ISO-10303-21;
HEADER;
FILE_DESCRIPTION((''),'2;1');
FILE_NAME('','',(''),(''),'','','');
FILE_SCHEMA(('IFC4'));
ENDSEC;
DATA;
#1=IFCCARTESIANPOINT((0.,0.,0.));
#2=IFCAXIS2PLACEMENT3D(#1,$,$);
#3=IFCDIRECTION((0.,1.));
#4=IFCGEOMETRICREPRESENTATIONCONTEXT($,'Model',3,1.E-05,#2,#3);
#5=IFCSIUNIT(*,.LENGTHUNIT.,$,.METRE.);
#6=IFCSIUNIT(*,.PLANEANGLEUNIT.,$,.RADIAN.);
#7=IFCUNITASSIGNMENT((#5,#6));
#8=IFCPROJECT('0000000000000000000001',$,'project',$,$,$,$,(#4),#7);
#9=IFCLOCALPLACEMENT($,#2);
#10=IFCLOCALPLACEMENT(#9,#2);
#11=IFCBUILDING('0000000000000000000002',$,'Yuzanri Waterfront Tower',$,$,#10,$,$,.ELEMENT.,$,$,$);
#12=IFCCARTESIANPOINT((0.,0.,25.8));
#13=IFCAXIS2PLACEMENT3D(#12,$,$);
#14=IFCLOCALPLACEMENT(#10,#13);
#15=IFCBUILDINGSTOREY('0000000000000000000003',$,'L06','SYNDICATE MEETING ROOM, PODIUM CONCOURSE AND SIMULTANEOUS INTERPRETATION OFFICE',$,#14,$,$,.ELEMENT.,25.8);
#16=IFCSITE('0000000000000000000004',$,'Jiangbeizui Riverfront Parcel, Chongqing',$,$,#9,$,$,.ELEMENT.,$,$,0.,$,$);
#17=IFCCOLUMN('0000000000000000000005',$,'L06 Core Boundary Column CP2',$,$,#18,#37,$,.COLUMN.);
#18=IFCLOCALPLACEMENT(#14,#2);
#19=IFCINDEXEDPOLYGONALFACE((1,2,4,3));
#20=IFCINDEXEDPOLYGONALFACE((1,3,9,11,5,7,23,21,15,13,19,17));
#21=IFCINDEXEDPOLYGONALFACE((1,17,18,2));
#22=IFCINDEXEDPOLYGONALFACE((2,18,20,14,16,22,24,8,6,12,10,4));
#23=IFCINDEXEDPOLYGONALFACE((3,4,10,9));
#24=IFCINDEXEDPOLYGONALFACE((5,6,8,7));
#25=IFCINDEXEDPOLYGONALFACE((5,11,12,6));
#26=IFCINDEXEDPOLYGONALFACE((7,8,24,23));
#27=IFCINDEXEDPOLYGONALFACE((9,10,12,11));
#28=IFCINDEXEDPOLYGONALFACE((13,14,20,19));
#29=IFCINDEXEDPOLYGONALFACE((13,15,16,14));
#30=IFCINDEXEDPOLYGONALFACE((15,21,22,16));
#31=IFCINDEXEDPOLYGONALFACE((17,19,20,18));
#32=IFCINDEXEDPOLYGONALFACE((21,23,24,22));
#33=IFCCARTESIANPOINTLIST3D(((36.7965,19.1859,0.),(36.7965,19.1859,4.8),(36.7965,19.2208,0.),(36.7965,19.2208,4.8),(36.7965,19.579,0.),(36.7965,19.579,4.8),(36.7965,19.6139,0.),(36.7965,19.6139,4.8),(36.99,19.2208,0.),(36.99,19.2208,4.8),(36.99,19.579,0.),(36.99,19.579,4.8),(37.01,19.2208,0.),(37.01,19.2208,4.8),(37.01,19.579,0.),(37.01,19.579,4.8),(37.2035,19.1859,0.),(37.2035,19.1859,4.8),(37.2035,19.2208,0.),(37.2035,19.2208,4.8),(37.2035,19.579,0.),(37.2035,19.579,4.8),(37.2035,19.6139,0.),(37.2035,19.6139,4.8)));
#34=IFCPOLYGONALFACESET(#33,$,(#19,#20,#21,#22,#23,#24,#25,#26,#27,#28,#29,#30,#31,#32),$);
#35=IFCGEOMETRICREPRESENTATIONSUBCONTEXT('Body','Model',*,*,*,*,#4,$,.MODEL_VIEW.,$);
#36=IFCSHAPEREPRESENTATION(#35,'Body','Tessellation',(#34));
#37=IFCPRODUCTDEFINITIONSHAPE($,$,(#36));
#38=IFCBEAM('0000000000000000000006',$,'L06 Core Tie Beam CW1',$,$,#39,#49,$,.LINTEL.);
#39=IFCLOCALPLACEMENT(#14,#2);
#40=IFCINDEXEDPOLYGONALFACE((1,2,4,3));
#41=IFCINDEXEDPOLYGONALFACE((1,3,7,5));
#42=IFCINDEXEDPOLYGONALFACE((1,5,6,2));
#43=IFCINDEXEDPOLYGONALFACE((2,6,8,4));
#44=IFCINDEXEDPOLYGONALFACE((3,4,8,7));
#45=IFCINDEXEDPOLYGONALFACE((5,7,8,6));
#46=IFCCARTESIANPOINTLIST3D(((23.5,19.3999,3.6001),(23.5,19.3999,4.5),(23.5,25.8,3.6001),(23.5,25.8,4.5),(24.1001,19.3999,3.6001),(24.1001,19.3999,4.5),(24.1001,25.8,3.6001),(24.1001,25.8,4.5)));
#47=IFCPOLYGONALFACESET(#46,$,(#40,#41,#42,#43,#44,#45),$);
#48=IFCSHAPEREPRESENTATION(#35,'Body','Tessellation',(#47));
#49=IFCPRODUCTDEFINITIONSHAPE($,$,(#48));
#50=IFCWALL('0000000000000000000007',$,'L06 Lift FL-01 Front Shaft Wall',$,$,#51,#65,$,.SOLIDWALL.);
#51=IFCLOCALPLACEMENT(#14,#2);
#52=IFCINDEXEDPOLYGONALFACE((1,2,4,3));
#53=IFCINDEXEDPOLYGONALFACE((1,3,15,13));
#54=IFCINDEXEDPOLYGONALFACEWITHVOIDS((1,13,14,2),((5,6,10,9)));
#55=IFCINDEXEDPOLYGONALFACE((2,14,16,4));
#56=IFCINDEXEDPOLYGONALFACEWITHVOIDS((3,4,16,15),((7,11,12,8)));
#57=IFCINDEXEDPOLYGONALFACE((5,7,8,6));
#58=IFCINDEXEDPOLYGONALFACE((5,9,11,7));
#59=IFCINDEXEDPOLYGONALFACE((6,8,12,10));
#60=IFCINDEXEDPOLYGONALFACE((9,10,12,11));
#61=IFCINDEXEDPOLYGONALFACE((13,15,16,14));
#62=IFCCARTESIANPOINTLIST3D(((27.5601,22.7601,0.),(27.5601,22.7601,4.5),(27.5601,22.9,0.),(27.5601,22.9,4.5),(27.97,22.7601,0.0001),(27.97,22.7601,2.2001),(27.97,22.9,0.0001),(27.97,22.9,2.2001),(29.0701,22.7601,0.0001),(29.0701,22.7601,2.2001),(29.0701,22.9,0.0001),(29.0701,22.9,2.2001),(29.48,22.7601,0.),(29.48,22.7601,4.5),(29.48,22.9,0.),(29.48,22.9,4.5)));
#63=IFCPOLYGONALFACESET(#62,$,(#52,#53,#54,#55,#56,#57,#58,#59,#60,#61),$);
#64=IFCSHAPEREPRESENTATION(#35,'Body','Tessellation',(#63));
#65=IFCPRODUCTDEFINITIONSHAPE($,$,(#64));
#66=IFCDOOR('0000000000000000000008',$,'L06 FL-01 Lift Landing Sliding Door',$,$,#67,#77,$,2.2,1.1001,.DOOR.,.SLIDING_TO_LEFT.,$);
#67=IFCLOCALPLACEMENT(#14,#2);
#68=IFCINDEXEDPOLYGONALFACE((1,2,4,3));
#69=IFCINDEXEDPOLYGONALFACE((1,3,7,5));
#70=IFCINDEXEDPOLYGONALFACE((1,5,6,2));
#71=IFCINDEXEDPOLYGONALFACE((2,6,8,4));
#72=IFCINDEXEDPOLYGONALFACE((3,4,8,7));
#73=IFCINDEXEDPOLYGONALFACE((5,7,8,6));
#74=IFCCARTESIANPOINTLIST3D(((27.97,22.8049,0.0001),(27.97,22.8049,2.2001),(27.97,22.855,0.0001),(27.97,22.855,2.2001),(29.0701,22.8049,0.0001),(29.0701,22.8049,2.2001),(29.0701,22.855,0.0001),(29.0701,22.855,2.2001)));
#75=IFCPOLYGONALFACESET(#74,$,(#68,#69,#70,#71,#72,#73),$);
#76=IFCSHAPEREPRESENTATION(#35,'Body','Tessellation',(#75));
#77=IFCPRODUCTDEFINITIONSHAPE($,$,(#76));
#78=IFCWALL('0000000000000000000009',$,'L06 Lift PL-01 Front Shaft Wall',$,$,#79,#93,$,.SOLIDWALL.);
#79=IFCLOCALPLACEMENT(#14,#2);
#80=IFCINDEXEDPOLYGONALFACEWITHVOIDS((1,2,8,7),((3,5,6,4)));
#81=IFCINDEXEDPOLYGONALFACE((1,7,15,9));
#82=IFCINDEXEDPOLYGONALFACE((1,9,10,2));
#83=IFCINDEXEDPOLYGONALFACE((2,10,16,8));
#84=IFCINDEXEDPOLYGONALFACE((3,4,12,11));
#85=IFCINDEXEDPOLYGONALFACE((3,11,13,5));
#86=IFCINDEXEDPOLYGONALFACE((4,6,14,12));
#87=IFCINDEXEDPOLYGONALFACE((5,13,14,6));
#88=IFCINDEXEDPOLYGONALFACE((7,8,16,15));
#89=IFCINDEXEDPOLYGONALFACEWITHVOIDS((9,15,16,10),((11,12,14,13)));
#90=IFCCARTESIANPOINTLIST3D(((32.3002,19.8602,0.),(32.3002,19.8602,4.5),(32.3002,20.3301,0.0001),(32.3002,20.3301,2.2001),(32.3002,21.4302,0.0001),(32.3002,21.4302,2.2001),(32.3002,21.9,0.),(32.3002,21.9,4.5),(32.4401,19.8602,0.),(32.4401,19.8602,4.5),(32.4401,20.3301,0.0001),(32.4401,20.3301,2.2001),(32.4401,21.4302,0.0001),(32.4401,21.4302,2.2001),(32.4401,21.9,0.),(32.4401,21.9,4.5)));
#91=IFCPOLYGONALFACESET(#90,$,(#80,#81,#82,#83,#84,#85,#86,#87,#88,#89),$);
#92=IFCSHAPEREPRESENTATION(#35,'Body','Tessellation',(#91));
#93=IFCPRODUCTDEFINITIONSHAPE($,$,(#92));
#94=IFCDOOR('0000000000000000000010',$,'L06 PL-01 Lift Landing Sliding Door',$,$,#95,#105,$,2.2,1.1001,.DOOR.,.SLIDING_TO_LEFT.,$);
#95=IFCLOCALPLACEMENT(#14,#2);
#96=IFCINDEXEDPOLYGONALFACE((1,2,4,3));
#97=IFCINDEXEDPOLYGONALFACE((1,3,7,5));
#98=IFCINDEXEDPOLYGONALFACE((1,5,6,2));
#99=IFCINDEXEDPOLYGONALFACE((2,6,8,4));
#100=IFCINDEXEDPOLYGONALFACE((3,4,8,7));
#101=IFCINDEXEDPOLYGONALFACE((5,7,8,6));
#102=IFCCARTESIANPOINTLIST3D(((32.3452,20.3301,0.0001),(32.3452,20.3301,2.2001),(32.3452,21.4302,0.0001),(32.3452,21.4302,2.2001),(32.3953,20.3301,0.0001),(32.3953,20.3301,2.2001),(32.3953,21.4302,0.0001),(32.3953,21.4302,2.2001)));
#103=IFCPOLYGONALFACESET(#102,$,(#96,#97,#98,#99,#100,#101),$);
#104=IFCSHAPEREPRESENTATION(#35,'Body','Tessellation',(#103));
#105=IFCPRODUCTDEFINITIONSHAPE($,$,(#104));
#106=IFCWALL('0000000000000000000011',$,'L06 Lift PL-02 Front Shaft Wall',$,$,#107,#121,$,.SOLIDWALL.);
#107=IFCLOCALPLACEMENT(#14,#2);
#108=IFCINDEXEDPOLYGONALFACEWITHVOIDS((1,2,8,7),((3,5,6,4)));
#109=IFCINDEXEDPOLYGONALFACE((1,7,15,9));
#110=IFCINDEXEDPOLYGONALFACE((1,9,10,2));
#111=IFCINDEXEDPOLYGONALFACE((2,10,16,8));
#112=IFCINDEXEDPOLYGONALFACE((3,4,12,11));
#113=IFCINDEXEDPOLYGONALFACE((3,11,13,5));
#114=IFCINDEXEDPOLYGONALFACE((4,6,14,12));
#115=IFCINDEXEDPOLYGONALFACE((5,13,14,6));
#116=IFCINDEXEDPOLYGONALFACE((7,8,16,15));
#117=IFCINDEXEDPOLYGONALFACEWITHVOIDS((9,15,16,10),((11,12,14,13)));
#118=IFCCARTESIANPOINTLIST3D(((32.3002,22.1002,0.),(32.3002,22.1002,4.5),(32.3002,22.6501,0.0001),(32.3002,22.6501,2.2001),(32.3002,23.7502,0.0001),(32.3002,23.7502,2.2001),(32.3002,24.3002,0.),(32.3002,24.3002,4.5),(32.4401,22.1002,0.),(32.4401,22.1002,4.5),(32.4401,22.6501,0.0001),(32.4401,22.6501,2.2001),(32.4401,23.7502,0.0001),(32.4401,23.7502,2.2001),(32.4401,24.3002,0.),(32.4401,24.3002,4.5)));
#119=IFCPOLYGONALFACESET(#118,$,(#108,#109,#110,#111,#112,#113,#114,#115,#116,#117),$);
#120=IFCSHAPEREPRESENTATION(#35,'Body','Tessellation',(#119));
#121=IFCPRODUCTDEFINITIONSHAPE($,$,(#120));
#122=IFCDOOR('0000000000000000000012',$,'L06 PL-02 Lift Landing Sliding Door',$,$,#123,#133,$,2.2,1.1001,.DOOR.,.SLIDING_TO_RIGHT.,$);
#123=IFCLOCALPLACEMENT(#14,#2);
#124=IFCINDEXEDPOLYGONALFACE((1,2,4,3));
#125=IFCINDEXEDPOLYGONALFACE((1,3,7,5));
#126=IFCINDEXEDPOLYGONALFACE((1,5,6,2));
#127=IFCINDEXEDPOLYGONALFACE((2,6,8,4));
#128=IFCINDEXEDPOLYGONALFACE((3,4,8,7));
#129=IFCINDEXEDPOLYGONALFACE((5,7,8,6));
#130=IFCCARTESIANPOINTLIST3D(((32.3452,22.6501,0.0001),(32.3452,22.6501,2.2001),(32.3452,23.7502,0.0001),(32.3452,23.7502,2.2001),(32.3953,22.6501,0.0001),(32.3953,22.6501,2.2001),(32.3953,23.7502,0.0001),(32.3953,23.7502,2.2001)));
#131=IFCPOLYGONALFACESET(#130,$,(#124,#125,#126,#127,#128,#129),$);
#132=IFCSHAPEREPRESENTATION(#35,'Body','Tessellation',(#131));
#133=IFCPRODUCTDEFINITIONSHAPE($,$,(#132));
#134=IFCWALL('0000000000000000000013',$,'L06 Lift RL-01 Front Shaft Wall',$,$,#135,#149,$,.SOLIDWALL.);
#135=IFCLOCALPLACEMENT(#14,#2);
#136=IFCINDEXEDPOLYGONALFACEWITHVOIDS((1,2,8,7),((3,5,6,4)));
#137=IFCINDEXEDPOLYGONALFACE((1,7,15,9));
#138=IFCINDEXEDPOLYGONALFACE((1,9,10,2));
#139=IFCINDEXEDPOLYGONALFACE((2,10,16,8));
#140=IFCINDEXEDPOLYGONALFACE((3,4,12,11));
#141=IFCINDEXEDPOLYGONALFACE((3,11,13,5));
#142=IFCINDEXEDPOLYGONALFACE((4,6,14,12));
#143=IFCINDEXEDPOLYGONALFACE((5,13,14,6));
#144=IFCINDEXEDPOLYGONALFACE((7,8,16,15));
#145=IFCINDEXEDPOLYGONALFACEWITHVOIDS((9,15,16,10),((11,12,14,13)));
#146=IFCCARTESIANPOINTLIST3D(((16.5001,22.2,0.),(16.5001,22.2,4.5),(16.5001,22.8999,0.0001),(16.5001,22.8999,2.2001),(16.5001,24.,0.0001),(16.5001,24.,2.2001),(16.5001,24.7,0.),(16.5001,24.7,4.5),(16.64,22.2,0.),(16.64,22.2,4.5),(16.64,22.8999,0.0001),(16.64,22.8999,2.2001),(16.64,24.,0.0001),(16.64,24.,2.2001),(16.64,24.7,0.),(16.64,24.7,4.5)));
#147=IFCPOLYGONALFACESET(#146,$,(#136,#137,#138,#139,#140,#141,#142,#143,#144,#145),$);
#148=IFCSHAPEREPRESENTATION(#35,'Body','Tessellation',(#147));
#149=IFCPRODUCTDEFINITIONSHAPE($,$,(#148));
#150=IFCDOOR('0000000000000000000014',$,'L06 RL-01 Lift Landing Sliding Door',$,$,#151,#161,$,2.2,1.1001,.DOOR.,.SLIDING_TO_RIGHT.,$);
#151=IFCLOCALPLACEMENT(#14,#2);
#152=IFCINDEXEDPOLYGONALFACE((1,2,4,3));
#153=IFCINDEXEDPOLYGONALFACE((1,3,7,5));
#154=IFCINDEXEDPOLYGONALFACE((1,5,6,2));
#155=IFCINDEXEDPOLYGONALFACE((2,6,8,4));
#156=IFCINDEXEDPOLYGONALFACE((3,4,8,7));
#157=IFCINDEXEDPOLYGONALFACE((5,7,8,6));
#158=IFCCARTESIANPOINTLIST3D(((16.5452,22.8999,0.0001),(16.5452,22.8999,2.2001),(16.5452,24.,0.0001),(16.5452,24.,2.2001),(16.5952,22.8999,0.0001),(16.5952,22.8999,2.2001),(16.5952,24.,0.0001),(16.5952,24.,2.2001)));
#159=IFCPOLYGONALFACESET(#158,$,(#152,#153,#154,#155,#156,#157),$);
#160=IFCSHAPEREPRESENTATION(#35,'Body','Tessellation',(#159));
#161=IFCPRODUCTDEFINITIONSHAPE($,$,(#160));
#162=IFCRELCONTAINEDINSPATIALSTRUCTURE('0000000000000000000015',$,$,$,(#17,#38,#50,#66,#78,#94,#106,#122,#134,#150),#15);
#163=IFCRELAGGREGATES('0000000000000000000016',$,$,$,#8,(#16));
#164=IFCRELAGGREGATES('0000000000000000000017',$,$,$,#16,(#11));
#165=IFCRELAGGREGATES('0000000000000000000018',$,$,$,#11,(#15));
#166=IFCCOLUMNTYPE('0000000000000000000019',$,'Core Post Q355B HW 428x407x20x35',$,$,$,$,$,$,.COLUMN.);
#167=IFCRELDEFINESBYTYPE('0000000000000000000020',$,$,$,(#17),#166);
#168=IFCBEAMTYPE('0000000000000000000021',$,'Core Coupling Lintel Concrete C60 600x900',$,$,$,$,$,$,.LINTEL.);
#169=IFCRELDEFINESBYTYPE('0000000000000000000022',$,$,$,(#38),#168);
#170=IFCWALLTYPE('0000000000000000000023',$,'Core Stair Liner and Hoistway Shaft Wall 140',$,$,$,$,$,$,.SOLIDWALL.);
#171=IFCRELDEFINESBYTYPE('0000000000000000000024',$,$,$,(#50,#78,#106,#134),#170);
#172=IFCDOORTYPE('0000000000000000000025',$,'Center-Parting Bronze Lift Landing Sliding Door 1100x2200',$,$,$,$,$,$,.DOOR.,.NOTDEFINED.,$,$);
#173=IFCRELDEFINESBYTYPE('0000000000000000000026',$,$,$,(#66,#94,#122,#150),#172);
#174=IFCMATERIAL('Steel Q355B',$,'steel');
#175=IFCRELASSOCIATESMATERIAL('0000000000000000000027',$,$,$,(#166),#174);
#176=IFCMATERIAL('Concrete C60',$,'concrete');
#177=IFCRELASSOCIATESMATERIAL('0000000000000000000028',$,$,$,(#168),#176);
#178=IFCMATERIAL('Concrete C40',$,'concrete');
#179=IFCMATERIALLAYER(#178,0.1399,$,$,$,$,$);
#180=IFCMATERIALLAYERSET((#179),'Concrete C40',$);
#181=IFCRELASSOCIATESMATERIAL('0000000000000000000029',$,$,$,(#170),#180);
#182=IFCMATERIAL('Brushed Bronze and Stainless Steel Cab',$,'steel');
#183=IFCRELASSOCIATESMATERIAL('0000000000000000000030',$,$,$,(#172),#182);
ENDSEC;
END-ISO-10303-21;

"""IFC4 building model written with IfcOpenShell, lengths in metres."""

from ifc_helpers import new_model, si_unit, direction, frame, frame_2d, origin, origin_2d, place, context, subcontext, project, spatial, rectangle, i_section, extrude, source, transform, mapped, material, layer, layer_set, material_profile, profile_set, type_object, element, fill, save


model = new_model("IFC4")

# Units and contexts
model_context = context("Model", 3, precision=1e-05, world=origin(), true_north=direction((0.0, 1.0)))
body_context = subcontext(model_context, "Body", "Model", "MODEL_VIEW")
ifc_project = project(units=[si_unit("LENGTHUNIT", "METRE"), si_unit("PLANEANGLEUNIT", "RADIAN")], contexts=[model_context])

# Site, building, storey
site_placement = place(None, origin())
site = spatial("IfcSite", under=ifc_project, at=site_placement, Name="Jiangbeizui Riverfront Parcel, Chongqing", CompositionType="ELEMENT", RefElevation=0.0)
building_placement = place(site_placement, origin())
building = spatial("IfcBuilding", under=site, at=building_placement, Name="Yuzanri Waterfront Tower", CompositionType="ELEMENT")
storey_placement = place(building_placement, frame((0.0, 0.0, 25.8)))
storey = spatial("IfcBuildingStorey", under=building, at=storey_placement, Name="L06", Description="SYNDICATE MEETING ROOM, PODIUM CONCOURSE AND SIMULTANEOUS INTERPRETATION OFFICE", CompositionType="ELEMENT", Elevation=25.8)

# Column
ifc_material_1 = material(Name="Steel Q355B", Category="steel")
ifc_material_profile_1 = material_profile(ifc_material_1, i_section(OverallWidth=0.407, OverallDepth=0.428, WebThickness=0.02, FlangeThickness=0.0349, at=origin_2d()), Name="HW 428x407x20x35")
ifc_profile_set_1 = profile_set([ifc_material_profile_1], Name="Steel Q355B")
column_type = type_object("IfcColumnType", Name="Core Post Q355B HW 428x407x20x35", PredefinedType="COLUMN", material=ifc_profile_set_1)
shared_shape_1 = source(origin(), body_context, "Body", "SweptSolid", [
    extrude(i_section(OverallWidth=0.407, OverallDepth=0.428, WebThickness=0.02, FlangeThickness=0.0349, at=origin_2d()), origin(), (0.0, 0.0, 1.0), 4.8),
])
column_placement = place(storey_placement, frame((37.0, 19.3999, 0.0), z_axis=(0.0, 0.0, 1.0), x_axis=(1.0, 0.0, 0.0)))
element("IfcColumn", 1, at=column_placement, inside=storey, type_object=column_type, Name="L06 Core Boundary Column CP2", PredefinedType="COLUMN", context=body_context, shape_type="MappedRepresentation", body=[
    mapped(shared_shape_1, transform((0.0, 0.0, 0.0), scale=1.0)),
])

# Beam
ifc_material_2 = material(Name="Concrete C60", Category="concrete")
ifc_material_profile_2 = material_profile(ifc_material_2, rectangle(XDim=0.6001, YDim=0.8999, at=origin_2d()), Name="RC 600x900")
ifc_profile_set_2 = profile_set([ifc_material_profile_2], Name="Concrete C60")
beam_type = type_object("IfcBeamType", Name="Core Coupling Lintel Concrete C60 600x900", PredefinedType="LINTEL", material=ifc_profile_set_2)
shared_shape_2 = source(origin(), body_context, "Body", "SweptSolid", [
    extrude(rectangle(XDim=0.6001, YDim=0.8999, at=origin_2d()), origin(), (0.0, 0.0, 1.0), 6.4001),
])
beam_placement = place(storey_placement, frame((23.8, 19.3999, 4.05), z_axis=(0.0, 1.0, 0.0), x_axis=(-1.0, 0.0, 0.0)))
element("IfcBeam", 2, at=beam_placement, inside=storey, type_object=beam_type, Name="L06 Core Tie Beam CW1", PredefinedType="LINTEL", context=body_context, shape_type="MappedRepresentation", body=[
    mapped(shared_shape_2, transform((0.0, 0.0, 0.0), scale=1.0)),
])

# Walls, openings, doors
ifc_material_3 = material(Name="Concrete C40", Category="concrete")
ifc_layer_1 = layer(ifc_material_3, 0.1399)
ifc_layer_set_1 = layer_set([ifc_layer_1], Name="Concrete C40")
wall_type_1 = type_object("IfcWallType", Name="Core Stair Liner and Hoistway Shaft Wall 140", PredefinedType="SOLIDWALL", material=ifc_layer_set_1)
wall_1_placement = place(storey_placement, frame((27.5601, 22.8301, 0.0), z_axis=(0.0, 0.0, 1.0), x_axis=(1.0, 0.0, 0.0)))
wall_1 = element("IfcWall", 3, at=wall_1_placement, inside=storey, type_object=wall_type_1, Name="L06 Lift FL-01 Front Shaft Wall", PredefinedType="SOLIDWALL", context=body_context, shape_type="SweptSolid", body=[
    extrude(rectangle(XDim=1.9199, YDim=0.1399, at=frame_2d((0.96, 0.0))), origin(), (0.0, 0.0, 1.0), 4.5),
])
opening_1_placement = place(wall_1_placement, frame((0.4099, 0.0, 0.0)))
opening_1 = element("IfcOpeningElement", 4, at=opening_1_placement, cuts=wall_1, PredefinedType="OPENING", context=body_context, shape_type="SweptSolid", body=[
    extrude(rectangle(XDim=1.1001, YDim=2.2, at=frame_2d((0.55, 1.1001))), frame((0.0, 0.085, 0.0), z_axis=(0.0, -1.0, 0.0), x_axis=(1.0, 0.0, 0.0)), (0.0, 0.0, 1.0), 0.1697),
])
ifc_material_4 = material(Name="Brushed Bronze and Stainless Steel Cab", Category="steel")
door_type_1 = type_object("IfcDoorType", Name="Center-Parting Bronze Lift Landing Sliding Door 1100x2200", OperationType="NOTDEFINED", PredefinedType="DOOR", material=ifc_material_4)
shared_shape_3 = source(origin(), body_context, "Body", "SweptSolid", [
    extrude(rectangle(XDim=1.1001, YDim=2.2, at=frame_2d((0.55, 1.1001))), frame((0.0, 0.0249, 0.0), z_axis=(0.0, -1.0, 0.0), x_axis=(1.0, 0.0, 0.0)), (0.0, 0.0, 1.0), 0.05),
])
door_1_placement = place(opening_1_placement, origin())
door_1 = element("IfcDoor", 5, at=door_1_placement, inside=storey, type_object=door_type_1, Name="L06 FL-01 Lift Landing Sliding Door", OperationType="SLIDING_TO_LEFT", OverallHeight=2.2, OverallWidth=1.1001, PredefinedType="DOOR", context=body_context, shape_type="MappedRepresentation", body=[
    mapped(shared_shape_3, transform((0.0, 0.0, 0.0), scale=1.0)),
])
fill(opening_1, door_1)
wall_2_placement = place(storey_placement, frame((32.3701, 19.8601, 0.0), z_axis=(0.0, 0.0, 1.0), x_axis=(0.0, 1.0, 0.0)))
wall_2 = element("IfcWall", 6, at=wall_2_placement, inside=storey, type_object=wall_type_1, Name="L06 Lift PL-01 Front Shaft Wall", PredefinedType="SOLIDWALL", context=body_context, shape_type="SweptSolid", body=[
    extrude(rectangle(XDim=2.0398, YDim=0.1399, at=frame_2d((1.02, 0.0))), origin(), (0.0, 0.0, 1.0), 4.5),
])
opening_2_placement = place(wall_2_placement, frame((0.47, 0.0, 0.0)))
opening_2 = element("IfcOpeningElement", 7, at=opening_2_placement, cuts=wall_2, PredefinedType="OPENING", context=body_context, shape_type="SweptSolid", body=[
    extrude(rectangle(XDim=1.1001, YDim=2.2, at=frame_2d((0.55, 1.1001))), frame((0.0, 0.085, 0.0), z_axis=(0.0, -1.0, 0.0), x_axis=(1.0, 0.0, 0.0)), (0.0, 0.0, 1.0), 0.1697),
])
door_2_placement = place(opening_2_placement, origin())
door_2 = element("IfcDoor", 8, at=door_2_placement, inside=storey, type_object=door_type_1, Name="L06 PL-01 Lift Landing Sliding Door", OperationType="SLIDING_TO_LEFT", OverallHeight=2.2, OverallWidth=1.1001, PredefinedType="DOOR", context=body_context, shape_type="MappedRepresentation", body=[
    mapped(shared_shape_3, transform((0.0, 0.0, 0.0), scale=1.0)),
])
fill(opening_2, door_2)
wall_3_placement = place(storey_placement, frame((32.3701, 22.1001, 0.0), z_axis=(0.0, 0.0, 1.0), x_axis=(0.0, 1.0, 0.0)))
wall_3 = element("IfcWall", 9, at=wall_3_placement, inside=storey, type_object=wall_type_1, Name="L06 Lift PL-02 Front Shaft Wall", PredefinedType="SOLIDWALL", context=body_context, shape_type="SweptSolid", body=[
    extrude(rectangle(XDim=2.2, YDim=0.1399, at=frame_2d((1.1001, 0.0))), origin(), (0.0, 0.0, 1.0), 4.5),
])
opening_3_placement = place(wall_3_placement, frame((0.55, 0.0, 0.0)))
opening_3 = element("IfcOpeningElement", 10, at=opening_3_placement, cuts=wall_3, PredefinedType="OPENING", context=body_context, shape_type="SweptSolid", body=[
    extrude(rectangle(XDim=1.1001, YDim=2.2, at=frame_2d((0.55, 1.1001))), frame((0.0, 0.085, 0.0), z_axis=(0.0, -1.0, 0.0), x_axis=(1.0, 0.0, 0.0)), (0.0, 0.0, 1.0), 0.1697),
])
door_3_placement = place(opening_3_placement, origin())
door_3 = element("IfcDoor", 11, at=door_3_placement, inside=storey, type_object=door_type_1, Name="L06 PL-02 Lift Landing Sliding Door", OperationType="SLIDING_TO_RIGHT", OverallHeight=2.2, OverallWidth=1.1001, PredefinedType="DOOR", context=body_context, shape_type="MappedRepresentation", body=[
    mapped(shared_shape_3, transform((0.0, 0.0, 0.0), scale=1.0)),
])
fill(opening_3, door_3)
wall_4_placement = place(storey_placement, frame((16.5701, 22.2, 0.0), z_axis=(0.0, 0.0, 1.0), x_axis=(0.0, 1.0, 0.0)))
wall_4 = element("IfcWall", 12, at=wall_4_placement, inside=storey, type_object=wall_type_1, Name="L06 Lift RL-01 Front Shaft Wall", PredefinedType="SOLIDWALL", context=body_context, shape_type="SweptSolid", body=[
    extrude(rectangle(XDim=2.5, YDim=0.1399, at=frame_2d((1.25, 0.0))), origin(), (0.0, 0.0, 1.0), 4.5),
])
opening_4_placement = place(wall_4_placement, frame((0.7, 0.0, 0.0)))
opening_4 = element("IfcOpeningElement", 13, at=opening_4_placement, cuts=wall_4, PredefinedType="OPENING", context=body_context, shape_type="SweptSolid", body=[
    extrude(rectangle(XDim=1.1001, YDim=2.2, at=frame_2d((0.55, 1.1001))), frame((0.0, 0.085, 0.0), z_axis=(0.0, -1.0, 0.0), x_axis=(1.0, 0.0, 0.0)), (0.0, 0.0, 1.0), 0.1697),
])
door_4_placement = place(opening_4_placement, origin())
door_4 = element("IfcDoor", 14, at=door_4_placement, inside=storey, type_object=door_type_1, Name="L06 RL-01 Lift Landing Sliding Door", OperationType="SLIDING_TO_RIGHT", OverallHeight=2.2, OverallWidth=1.1001, PredefinedType="DOOR", context=body_context, shape_type="MappedRepresentation", body=[
    mapped(shared_shape_3, transform((0.0, 0.0, 0.0), scale=1.0)),
])
fill(opening_4, door_4)

save(model, "model.ifc")
